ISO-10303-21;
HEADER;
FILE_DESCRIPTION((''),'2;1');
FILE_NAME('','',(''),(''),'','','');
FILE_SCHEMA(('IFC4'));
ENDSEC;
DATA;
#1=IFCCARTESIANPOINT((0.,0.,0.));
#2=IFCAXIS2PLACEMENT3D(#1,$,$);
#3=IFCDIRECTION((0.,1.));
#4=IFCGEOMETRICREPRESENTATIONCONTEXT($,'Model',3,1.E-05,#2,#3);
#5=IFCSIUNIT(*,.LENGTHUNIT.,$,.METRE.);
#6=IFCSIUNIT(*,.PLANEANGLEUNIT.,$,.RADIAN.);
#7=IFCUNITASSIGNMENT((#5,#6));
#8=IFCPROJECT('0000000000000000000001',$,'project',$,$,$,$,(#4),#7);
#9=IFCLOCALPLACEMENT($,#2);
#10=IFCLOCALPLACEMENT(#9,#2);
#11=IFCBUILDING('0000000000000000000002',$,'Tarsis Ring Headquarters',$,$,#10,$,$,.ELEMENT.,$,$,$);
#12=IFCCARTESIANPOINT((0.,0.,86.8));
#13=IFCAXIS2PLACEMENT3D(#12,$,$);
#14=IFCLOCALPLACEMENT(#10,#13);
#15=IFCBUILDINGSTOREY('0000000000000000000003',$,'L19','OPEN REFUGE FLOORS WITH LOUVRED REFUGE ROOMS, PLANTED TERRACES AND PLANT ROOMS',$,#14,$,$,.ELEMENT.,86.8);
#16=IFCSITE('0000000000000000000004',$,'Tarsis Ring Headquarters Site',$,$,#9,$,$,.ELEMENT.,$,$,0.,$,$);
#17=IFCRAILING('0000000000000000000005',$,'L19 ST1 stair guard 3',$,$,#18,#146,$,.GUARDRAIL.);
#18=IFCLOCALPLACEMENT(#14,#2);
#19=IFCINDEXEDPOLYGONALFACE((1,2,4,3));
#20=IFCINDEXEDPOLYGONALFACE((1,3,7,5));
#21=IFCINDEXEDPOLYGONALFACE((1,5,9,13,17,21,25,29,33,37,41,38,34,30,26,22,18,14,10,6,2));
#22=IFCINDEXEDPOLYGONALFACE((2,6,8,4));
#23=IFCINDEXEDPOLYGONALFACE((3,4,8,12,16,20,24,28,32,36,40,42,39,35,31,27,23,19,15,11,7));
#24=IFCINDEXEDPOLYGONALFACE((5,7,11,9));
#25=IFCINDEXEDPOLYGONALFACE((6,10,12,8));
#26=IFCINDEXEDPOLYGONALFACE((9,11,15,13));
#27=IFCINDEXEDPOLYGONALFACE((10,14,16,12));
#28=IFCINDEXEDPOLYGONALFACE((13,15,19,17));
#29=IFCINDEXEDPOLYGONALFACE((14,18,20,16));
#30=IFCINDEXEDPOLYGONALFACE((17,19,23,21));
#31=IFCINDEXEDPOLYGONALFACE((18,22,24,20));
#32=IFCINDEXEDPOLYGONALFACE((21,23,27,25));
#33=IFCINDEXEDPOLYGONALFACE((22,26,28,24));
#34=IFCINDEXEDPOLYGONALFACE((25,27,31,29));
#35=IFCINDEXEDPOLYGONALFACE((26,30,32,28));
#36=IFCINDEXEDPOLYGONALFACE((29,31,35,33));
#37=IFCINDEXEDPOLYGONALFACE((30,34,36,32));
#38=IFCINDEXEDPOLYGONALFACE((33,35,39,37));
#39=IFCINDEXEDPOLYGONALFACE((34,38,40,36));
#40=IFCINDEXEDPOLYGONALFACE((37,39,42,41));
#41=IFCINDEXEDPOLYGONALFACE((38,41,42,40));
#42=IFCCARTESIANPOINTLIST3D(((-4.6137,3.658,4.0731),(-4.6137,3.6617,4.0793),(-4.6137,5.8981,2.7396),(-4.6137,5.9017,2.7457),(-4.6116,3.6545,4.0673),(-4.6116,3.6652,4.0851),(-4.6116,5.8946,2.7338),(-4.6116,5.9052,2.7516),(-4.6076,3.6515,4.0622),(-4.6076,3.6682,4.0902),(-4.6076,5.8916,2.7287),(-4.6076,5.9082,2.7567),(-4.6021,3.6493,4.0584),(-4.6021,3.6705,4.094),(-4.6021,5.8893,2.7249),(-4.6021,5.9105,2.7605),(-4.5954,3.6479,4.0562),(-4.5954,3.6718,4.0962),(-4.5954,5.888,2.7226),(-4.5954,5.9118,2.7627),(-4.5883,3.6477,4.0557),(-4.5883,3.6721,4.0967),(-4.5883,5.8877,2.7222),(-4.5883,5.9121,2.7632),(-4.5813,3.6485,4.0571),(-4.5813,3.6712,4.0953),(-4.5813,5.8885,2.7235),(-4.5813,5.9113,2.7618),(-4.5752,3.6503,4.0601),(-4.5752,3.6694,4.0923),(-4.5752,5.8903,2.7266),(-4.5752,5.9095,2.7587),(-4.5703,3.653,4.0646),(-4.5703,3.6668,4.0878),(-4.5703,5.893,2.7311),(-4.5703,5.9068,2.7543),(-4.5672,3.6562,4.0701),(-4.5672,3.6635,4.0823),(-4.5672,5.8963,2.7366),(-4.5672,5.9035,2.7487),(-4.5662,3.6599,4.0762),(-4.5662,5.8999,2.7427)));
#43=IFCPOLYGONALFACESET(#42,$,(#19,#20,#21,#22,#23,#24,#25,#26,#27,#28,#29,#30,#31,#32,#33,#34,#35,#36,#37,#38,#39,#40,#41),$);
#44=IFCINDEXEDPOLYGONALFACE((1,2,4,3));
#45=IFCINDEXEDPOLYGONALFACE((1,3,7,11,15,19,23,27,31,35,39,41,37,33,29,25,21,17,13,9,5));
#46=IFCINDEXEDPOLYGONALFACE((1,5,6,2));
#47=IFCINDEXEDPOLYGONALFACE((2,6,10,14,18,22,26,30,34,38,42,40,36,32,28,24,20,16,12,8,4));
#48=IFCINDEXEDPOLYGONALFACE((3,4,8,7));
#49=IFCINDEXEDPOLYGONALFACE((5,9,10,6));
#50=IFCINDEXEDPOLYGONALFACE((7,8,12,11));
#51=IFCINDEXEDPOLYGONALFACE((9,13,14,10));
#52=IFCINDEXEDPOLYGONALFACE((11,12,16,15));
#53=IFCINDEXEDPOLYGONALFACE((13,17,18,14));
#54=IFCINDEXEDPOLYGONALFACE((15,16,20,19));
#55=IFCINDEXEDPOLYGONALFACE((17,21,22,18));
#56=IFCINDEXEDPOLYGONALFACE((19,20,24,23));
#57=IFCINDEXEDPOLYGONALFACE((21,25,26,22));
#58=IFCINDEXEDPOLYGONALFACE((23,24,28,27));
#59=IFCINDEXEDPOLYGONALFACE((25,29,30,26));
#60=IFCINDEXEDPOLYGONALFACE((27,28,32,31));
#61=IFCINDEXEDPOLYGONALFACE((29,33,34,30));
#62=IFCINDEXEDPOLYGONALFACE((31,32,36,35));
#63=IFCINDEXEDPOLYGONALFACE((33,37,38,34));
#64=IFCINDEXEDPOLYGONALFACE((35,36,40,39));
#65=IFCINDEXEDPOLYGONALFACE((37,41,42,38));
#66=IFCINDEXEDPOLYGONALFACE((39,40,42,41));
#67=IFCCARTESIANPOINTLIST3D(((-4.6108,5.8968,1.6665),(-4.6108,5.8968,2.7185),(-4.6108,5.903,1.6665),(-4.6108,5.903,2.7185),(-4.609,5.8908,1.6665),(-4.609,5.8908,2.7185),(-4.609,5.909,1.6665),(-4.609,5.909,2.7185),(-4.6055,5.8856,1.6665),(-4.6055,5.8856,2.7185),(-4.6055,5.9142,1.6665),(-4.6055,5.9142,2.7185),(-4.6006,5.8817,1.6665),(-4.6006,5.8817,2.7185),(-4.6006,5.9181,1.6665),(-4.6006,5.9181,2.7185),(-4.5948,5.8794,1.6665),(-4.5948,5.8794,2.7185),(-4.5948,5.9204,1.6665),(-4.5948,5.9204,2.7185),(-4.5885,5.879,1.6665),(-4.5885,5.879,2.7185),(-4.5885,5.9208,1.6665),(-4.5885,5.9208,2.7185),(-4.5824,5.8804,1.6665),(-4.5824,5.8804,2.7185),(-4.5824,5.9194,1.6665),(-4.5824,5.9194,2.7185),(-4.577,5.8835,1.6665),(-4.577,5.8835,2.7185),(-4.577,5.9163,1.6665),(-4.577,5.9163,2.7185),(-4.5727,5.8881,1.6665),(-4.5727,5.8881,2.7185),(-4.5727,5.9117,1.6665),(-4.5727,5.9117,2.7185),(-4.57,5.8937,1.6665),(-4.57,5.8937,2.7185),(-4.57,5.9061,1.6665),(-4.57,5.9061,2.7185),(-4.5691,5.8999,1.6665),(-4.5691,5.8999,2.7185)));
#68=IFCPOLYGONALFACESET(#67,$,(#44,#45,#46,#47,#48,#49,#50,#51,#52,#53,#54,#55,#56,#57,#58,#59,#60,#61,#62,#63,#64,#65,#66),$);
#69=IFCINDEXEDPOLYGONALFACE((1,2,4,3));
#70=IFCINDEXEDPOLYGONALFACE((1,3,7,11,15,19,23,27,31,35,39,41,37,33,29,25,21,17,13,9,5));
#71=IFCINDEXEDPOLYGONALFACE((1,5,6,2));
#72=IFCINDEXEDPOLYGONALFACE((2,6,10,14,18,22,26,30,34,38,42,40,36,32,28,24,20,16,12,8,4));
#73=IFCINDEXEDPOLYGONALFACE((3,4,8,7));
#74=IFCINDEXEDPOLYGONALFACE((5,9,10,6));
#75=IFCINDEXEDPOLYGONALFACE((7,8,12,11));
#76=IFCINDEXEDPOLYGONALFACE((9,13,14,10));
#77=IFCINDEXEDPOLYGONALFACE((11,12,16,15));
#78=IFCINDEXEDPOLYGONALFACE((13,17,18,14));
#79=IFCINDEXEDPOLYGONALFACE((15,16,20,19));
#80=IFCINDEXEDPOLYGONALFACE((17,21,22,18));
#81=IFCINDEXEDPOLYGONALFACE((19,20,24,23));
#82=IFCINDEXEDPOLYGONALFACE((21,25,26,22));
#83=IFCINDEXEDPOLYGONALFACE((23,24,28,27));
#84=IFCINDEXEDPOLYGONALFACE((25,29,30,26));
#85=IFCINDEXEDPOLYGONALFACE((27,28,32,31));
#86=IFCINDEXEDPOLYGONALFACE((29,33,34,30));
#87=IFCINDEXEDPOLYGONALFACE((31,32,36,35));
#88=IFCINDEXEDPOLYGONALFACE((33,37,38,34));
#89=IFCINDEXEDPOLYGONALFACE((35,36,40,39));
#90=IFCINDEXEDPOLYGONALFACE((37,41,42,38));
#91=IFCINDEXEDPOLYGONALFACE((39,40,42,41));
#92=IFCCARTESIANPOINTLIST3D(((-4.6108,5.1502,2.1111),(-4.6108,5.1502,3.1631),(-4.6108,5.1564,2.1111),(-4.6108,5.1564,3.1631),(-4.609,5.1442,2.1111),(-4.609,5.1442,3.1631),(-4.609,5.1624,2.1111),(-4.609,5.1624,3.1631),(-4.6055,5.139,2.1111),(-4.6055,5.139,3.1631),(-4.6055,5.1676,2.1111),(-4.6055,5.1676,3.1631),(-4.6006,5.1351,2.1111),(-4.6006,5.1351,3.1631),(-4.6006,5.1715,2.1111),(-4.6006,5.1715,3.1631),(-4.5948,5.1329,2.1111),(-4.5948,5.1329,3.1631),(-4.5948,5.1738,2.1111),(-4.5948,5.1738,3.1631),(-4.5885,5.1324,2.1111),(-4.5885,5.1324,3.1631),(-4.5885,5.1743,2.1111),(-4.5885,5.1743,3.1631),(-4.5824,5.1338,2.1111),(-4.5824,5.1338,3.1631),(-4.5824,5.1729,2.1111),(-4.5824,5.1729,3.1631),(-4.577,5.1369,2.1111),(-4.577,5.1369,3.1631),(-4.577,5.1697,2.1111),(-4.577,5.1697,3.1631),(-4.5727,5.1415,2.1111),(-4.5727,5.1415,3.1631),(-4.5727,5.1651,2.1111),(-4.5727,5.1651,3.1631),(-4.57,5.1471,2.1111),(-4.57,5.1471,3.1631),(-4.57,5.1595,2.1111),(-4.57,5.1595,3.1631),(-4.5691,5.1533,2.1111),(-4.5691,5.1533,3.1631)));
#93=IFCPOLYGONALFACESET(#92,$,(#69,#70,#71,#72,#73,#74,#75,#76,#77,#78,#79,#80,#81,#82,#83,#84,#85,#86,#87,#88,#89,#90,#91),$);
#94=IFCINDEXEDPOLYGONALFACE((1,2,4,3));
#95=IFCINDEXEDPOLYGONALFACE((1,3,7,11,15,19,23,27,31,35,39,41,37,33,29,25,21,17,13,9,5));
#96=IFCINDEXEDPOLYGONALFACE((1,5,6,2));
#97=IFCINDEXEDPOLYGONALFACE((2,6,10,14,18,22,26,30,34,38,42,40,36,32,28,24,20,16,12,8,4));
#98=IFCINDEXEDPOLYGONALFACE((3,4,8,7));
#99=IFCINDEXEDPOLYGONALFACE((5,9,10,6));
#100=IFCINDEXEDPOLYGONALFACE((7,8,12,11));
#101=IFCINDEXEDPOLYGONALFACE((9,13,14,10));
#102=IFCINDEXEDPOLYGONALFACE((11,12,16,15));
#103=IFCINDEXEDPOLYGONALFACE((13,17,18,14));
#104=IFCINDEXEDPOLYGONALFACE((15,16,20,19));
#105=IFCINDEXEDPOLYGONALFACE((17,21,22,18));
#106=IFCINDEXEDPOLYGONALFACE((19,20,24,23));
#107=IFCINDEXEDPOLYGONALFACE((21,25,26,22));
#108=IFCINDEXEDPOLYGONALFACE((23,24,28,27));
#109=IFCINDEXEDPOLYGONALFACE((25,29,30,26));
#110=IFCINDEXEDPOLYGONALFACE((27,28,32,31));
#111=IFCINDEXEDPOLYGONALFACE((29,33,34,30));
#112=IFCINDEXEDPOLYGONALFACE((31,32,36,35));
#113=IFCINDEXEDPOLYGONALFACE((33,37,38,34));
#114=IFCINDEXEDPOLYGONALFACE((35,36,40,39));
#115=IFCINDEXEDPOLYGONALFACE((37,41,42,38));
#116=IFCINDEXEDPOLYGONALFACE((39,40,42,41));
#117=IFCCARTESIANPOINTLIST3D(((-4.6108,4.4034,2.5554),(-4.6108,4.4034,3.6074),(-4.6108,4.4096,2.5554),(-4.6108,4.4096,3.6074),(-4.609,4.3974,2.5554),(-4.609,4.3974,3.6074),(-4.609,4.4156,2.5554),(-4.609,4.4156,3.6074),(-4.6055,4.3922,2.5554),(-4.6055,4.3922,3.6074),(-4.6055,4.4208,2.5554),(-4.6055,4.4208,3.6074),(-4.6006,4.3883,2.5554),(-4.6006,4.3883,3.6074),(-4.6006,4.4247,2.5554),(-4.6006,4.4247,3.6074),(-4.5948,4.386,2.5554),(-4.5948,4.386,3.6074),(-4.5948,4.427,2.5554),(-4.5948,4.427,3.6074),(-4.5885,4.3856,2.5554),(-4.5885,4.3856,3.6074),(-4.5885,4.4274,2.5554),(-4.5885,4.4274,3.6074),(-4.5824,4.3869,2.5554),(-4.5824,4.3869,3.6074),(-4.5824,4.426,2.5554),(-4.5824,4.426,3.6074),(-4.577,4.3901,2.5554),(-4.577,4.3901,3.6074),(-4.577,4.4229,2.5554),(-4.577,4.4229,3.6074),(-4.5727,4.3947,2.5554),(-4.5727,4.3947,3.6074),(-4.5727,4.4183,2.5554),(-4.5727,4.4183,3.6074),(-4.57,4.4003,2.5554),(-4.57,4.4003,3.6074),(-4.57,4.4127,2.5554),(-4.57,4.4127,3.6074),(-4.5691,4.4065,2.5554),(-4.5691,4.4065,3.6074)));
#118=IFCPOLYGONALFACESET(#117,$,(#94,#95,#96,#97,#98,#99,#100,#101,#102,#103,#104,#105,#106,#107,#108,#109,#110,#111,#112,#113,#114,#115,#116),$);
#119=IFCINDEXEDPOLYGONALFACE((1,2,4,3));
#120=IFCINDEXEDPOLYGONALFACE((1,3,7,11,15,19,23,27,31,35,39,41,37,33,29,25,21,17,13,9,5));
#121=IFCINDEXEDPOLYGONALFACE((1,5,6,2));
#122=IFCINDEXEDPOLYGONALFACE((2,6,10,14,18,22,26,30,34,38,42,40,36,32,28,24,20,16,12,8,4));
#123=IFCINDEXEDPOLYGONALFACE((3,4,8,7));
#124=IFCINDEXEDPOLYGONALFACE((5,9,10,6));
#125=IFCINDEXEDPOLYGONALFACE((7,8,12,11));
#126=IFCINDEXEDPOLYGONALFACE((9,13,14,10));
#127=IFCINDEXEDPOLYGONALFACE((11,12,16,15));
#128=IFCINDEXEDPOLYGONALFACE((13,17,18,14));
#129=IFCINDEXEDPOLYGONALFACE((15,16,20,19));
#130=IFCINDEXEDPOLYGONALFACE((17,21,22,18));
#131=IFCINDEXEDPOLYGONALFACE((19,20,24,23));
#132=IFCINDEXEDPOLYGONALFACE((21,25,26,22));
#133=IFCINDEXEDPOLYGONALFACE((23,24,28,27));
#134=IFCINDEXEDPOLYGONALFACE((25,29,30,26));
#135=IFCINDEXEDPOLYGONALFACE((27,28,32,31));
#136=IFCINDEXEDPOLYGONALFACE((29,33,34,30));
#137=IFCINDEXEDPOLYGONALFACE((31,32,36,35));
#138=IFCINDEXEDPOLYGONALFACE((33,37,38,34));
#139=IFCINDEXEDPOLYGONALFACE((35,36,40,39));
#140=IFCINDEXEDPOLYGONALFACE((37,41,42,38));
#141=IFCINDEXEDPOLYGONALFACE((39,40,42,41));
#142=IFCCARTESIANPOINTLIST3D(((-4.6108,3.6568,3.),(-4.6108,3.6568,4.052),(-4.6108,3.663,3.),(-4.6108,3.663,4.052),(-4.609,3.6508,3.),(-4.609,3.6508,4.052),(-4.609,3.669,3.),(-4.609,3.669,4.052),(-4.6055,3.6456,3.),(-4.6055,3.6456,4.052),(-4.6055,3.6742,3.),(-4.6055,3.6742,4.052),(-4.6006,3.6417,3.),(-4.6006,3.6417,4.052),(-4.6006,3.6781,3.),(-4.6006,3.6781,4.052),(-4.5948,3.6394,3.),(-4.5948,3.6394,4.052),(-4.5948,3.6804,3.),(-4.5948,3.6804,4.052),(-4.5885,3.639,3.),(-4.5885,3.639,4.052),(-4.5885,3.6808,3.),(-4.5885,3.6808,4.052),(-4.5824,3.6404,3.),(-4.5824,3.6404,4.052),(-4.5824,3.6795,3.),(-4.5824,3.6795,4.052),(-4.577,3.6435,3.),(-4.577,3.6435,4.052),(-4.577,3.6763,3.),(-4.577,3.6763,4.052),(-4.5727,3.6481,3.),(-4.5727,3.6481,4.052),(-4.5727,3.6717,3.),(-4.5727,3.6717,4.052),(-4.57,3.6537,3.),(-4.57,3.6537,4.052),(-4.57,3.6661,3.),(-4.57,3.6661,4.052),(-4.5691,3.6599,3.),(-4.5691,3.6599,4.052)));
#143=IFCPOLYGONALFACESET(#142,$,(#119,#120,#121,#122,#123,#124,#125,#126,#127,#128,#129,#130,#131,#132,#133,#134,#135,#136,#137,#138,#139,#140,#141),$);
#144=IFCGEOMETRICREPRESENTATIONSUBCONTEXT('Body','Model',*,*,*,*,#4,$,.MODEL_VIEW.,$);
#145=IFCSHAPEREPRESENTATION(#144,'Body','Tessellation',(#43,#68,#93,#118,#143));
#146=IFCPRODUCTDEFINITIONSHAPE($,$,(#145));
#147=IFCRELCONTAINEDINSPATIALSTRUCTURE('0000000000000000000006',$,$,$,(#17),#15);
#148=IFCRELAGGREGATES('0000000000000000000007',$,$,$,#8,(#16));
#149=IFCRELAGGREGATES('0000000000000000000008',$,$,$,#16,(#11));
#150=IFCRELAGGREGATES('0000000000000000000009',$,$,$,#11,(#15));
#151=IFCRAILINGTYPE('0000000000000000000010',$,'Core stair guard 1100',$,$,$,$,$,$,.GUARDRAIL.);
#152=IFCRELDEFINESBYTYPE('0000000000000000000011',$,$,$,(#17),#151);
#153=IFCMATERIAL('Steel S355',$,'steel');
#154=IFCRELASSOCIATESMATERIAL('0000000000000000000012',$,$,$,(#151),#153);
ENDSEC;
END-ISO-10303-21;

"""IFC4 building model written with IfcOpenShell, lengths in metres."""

from ifc_helpers import new_model, si_unit, direction, frame, origin, origin_2d, place, context, subcontext, project, spatial, circle, extrude, material, type_object, element, save


model = new_model("IFC4")

# Units and contexts
model_context = context("Model", 3, precision=1e-05, world=origin(), true_north=direction((0.0, 1.0)))
body_context = subcontext(model_context, "Body", "Model", "MODEL_VIEW")
ifc_project = project(units=[si_unit("LENGTHUNIT", "METRE"), si_unit("PLANEANGLEUNIT", "RADIAN")], contexts=[model_context])

# Site, building, storey
site_placement = place(None, origin())
site = spatial("IfcSite", under=ifc_project, at=site_placement, Name="Tarsis Ring Headquarters Site", CompositionType="ELEMENT", RefElevation=0.0)
building_placement = place(site_placement, origin())
building = spatial("IfcBuilding", under=site, at=building_placement, Name="Tarsis Ring Headquarters", CompositionType="ELEMENT")
storey_placement = place(building_placement, frame((0.0, 0.0, 86.8)))
storey = spatial("IfcBuildingStorey", under=building, at=storey_placement, Name="L19", Description="OPEN REFUGE FLOORS WITH LOUVRED REFUGE ROOMS, PLANTED TERRACES AND PLANT ROOMS", CompositionType="ELEMENT", Elevation=86.8)

# Shared definitions
ifc_material_1 = material(Name="Steel S355", Category="steel")

# Railing
railing_type_1 = type_object("IfcRailingType", Name="Core stair guard 1100", PredefinedType="GUARDRAIL", material=ifc_material_1)
railing_1_placement = place(storey_placement, frame((-4.5901, 5.8999, 1.6665)))
element("IfcRailing", 1, at=railing_1_placement, inside=storey, type_object=railing_type_1, Name="L19 ST1 stair guard 3", PredefinedType="GUARDRAIL", context=body_context, shape_type="SweptSolid", body=[
    extrude(circle(Radius=0.0239, at=origin_2d()), frame((0.0, 0.0, 1.0762), z_axis=(0.0, -0.859264, 0.511532), x_axis=(1.0, 0.0, 0.0)), (0.0, 0.0, 1.0), 2.6069),
    extrude(circle(Radius=0.021, at=origin_2d()), origin(), (0.0, 0.0, 1.0), 1.052),
    extrude(circle(Radius=0.021, at=origin_2d()), frame((0.0, -0.7466, 0.4446)), (0.0, 0.0, 1.0), 1.052),
    extrude(circle(Radius=0.021, at=origin_2d()), frame((0.0, -1.4934, 0.8889)), (0.0, 0.0, 1.0), 1.052),
    extrude(circle(Radius=0.021, at=origin_2d()), frame((0.0, -2.24, 1.3335)), (0.0, 0.0, 1.0), 1.052),
])

save(model, "model.ifc")
